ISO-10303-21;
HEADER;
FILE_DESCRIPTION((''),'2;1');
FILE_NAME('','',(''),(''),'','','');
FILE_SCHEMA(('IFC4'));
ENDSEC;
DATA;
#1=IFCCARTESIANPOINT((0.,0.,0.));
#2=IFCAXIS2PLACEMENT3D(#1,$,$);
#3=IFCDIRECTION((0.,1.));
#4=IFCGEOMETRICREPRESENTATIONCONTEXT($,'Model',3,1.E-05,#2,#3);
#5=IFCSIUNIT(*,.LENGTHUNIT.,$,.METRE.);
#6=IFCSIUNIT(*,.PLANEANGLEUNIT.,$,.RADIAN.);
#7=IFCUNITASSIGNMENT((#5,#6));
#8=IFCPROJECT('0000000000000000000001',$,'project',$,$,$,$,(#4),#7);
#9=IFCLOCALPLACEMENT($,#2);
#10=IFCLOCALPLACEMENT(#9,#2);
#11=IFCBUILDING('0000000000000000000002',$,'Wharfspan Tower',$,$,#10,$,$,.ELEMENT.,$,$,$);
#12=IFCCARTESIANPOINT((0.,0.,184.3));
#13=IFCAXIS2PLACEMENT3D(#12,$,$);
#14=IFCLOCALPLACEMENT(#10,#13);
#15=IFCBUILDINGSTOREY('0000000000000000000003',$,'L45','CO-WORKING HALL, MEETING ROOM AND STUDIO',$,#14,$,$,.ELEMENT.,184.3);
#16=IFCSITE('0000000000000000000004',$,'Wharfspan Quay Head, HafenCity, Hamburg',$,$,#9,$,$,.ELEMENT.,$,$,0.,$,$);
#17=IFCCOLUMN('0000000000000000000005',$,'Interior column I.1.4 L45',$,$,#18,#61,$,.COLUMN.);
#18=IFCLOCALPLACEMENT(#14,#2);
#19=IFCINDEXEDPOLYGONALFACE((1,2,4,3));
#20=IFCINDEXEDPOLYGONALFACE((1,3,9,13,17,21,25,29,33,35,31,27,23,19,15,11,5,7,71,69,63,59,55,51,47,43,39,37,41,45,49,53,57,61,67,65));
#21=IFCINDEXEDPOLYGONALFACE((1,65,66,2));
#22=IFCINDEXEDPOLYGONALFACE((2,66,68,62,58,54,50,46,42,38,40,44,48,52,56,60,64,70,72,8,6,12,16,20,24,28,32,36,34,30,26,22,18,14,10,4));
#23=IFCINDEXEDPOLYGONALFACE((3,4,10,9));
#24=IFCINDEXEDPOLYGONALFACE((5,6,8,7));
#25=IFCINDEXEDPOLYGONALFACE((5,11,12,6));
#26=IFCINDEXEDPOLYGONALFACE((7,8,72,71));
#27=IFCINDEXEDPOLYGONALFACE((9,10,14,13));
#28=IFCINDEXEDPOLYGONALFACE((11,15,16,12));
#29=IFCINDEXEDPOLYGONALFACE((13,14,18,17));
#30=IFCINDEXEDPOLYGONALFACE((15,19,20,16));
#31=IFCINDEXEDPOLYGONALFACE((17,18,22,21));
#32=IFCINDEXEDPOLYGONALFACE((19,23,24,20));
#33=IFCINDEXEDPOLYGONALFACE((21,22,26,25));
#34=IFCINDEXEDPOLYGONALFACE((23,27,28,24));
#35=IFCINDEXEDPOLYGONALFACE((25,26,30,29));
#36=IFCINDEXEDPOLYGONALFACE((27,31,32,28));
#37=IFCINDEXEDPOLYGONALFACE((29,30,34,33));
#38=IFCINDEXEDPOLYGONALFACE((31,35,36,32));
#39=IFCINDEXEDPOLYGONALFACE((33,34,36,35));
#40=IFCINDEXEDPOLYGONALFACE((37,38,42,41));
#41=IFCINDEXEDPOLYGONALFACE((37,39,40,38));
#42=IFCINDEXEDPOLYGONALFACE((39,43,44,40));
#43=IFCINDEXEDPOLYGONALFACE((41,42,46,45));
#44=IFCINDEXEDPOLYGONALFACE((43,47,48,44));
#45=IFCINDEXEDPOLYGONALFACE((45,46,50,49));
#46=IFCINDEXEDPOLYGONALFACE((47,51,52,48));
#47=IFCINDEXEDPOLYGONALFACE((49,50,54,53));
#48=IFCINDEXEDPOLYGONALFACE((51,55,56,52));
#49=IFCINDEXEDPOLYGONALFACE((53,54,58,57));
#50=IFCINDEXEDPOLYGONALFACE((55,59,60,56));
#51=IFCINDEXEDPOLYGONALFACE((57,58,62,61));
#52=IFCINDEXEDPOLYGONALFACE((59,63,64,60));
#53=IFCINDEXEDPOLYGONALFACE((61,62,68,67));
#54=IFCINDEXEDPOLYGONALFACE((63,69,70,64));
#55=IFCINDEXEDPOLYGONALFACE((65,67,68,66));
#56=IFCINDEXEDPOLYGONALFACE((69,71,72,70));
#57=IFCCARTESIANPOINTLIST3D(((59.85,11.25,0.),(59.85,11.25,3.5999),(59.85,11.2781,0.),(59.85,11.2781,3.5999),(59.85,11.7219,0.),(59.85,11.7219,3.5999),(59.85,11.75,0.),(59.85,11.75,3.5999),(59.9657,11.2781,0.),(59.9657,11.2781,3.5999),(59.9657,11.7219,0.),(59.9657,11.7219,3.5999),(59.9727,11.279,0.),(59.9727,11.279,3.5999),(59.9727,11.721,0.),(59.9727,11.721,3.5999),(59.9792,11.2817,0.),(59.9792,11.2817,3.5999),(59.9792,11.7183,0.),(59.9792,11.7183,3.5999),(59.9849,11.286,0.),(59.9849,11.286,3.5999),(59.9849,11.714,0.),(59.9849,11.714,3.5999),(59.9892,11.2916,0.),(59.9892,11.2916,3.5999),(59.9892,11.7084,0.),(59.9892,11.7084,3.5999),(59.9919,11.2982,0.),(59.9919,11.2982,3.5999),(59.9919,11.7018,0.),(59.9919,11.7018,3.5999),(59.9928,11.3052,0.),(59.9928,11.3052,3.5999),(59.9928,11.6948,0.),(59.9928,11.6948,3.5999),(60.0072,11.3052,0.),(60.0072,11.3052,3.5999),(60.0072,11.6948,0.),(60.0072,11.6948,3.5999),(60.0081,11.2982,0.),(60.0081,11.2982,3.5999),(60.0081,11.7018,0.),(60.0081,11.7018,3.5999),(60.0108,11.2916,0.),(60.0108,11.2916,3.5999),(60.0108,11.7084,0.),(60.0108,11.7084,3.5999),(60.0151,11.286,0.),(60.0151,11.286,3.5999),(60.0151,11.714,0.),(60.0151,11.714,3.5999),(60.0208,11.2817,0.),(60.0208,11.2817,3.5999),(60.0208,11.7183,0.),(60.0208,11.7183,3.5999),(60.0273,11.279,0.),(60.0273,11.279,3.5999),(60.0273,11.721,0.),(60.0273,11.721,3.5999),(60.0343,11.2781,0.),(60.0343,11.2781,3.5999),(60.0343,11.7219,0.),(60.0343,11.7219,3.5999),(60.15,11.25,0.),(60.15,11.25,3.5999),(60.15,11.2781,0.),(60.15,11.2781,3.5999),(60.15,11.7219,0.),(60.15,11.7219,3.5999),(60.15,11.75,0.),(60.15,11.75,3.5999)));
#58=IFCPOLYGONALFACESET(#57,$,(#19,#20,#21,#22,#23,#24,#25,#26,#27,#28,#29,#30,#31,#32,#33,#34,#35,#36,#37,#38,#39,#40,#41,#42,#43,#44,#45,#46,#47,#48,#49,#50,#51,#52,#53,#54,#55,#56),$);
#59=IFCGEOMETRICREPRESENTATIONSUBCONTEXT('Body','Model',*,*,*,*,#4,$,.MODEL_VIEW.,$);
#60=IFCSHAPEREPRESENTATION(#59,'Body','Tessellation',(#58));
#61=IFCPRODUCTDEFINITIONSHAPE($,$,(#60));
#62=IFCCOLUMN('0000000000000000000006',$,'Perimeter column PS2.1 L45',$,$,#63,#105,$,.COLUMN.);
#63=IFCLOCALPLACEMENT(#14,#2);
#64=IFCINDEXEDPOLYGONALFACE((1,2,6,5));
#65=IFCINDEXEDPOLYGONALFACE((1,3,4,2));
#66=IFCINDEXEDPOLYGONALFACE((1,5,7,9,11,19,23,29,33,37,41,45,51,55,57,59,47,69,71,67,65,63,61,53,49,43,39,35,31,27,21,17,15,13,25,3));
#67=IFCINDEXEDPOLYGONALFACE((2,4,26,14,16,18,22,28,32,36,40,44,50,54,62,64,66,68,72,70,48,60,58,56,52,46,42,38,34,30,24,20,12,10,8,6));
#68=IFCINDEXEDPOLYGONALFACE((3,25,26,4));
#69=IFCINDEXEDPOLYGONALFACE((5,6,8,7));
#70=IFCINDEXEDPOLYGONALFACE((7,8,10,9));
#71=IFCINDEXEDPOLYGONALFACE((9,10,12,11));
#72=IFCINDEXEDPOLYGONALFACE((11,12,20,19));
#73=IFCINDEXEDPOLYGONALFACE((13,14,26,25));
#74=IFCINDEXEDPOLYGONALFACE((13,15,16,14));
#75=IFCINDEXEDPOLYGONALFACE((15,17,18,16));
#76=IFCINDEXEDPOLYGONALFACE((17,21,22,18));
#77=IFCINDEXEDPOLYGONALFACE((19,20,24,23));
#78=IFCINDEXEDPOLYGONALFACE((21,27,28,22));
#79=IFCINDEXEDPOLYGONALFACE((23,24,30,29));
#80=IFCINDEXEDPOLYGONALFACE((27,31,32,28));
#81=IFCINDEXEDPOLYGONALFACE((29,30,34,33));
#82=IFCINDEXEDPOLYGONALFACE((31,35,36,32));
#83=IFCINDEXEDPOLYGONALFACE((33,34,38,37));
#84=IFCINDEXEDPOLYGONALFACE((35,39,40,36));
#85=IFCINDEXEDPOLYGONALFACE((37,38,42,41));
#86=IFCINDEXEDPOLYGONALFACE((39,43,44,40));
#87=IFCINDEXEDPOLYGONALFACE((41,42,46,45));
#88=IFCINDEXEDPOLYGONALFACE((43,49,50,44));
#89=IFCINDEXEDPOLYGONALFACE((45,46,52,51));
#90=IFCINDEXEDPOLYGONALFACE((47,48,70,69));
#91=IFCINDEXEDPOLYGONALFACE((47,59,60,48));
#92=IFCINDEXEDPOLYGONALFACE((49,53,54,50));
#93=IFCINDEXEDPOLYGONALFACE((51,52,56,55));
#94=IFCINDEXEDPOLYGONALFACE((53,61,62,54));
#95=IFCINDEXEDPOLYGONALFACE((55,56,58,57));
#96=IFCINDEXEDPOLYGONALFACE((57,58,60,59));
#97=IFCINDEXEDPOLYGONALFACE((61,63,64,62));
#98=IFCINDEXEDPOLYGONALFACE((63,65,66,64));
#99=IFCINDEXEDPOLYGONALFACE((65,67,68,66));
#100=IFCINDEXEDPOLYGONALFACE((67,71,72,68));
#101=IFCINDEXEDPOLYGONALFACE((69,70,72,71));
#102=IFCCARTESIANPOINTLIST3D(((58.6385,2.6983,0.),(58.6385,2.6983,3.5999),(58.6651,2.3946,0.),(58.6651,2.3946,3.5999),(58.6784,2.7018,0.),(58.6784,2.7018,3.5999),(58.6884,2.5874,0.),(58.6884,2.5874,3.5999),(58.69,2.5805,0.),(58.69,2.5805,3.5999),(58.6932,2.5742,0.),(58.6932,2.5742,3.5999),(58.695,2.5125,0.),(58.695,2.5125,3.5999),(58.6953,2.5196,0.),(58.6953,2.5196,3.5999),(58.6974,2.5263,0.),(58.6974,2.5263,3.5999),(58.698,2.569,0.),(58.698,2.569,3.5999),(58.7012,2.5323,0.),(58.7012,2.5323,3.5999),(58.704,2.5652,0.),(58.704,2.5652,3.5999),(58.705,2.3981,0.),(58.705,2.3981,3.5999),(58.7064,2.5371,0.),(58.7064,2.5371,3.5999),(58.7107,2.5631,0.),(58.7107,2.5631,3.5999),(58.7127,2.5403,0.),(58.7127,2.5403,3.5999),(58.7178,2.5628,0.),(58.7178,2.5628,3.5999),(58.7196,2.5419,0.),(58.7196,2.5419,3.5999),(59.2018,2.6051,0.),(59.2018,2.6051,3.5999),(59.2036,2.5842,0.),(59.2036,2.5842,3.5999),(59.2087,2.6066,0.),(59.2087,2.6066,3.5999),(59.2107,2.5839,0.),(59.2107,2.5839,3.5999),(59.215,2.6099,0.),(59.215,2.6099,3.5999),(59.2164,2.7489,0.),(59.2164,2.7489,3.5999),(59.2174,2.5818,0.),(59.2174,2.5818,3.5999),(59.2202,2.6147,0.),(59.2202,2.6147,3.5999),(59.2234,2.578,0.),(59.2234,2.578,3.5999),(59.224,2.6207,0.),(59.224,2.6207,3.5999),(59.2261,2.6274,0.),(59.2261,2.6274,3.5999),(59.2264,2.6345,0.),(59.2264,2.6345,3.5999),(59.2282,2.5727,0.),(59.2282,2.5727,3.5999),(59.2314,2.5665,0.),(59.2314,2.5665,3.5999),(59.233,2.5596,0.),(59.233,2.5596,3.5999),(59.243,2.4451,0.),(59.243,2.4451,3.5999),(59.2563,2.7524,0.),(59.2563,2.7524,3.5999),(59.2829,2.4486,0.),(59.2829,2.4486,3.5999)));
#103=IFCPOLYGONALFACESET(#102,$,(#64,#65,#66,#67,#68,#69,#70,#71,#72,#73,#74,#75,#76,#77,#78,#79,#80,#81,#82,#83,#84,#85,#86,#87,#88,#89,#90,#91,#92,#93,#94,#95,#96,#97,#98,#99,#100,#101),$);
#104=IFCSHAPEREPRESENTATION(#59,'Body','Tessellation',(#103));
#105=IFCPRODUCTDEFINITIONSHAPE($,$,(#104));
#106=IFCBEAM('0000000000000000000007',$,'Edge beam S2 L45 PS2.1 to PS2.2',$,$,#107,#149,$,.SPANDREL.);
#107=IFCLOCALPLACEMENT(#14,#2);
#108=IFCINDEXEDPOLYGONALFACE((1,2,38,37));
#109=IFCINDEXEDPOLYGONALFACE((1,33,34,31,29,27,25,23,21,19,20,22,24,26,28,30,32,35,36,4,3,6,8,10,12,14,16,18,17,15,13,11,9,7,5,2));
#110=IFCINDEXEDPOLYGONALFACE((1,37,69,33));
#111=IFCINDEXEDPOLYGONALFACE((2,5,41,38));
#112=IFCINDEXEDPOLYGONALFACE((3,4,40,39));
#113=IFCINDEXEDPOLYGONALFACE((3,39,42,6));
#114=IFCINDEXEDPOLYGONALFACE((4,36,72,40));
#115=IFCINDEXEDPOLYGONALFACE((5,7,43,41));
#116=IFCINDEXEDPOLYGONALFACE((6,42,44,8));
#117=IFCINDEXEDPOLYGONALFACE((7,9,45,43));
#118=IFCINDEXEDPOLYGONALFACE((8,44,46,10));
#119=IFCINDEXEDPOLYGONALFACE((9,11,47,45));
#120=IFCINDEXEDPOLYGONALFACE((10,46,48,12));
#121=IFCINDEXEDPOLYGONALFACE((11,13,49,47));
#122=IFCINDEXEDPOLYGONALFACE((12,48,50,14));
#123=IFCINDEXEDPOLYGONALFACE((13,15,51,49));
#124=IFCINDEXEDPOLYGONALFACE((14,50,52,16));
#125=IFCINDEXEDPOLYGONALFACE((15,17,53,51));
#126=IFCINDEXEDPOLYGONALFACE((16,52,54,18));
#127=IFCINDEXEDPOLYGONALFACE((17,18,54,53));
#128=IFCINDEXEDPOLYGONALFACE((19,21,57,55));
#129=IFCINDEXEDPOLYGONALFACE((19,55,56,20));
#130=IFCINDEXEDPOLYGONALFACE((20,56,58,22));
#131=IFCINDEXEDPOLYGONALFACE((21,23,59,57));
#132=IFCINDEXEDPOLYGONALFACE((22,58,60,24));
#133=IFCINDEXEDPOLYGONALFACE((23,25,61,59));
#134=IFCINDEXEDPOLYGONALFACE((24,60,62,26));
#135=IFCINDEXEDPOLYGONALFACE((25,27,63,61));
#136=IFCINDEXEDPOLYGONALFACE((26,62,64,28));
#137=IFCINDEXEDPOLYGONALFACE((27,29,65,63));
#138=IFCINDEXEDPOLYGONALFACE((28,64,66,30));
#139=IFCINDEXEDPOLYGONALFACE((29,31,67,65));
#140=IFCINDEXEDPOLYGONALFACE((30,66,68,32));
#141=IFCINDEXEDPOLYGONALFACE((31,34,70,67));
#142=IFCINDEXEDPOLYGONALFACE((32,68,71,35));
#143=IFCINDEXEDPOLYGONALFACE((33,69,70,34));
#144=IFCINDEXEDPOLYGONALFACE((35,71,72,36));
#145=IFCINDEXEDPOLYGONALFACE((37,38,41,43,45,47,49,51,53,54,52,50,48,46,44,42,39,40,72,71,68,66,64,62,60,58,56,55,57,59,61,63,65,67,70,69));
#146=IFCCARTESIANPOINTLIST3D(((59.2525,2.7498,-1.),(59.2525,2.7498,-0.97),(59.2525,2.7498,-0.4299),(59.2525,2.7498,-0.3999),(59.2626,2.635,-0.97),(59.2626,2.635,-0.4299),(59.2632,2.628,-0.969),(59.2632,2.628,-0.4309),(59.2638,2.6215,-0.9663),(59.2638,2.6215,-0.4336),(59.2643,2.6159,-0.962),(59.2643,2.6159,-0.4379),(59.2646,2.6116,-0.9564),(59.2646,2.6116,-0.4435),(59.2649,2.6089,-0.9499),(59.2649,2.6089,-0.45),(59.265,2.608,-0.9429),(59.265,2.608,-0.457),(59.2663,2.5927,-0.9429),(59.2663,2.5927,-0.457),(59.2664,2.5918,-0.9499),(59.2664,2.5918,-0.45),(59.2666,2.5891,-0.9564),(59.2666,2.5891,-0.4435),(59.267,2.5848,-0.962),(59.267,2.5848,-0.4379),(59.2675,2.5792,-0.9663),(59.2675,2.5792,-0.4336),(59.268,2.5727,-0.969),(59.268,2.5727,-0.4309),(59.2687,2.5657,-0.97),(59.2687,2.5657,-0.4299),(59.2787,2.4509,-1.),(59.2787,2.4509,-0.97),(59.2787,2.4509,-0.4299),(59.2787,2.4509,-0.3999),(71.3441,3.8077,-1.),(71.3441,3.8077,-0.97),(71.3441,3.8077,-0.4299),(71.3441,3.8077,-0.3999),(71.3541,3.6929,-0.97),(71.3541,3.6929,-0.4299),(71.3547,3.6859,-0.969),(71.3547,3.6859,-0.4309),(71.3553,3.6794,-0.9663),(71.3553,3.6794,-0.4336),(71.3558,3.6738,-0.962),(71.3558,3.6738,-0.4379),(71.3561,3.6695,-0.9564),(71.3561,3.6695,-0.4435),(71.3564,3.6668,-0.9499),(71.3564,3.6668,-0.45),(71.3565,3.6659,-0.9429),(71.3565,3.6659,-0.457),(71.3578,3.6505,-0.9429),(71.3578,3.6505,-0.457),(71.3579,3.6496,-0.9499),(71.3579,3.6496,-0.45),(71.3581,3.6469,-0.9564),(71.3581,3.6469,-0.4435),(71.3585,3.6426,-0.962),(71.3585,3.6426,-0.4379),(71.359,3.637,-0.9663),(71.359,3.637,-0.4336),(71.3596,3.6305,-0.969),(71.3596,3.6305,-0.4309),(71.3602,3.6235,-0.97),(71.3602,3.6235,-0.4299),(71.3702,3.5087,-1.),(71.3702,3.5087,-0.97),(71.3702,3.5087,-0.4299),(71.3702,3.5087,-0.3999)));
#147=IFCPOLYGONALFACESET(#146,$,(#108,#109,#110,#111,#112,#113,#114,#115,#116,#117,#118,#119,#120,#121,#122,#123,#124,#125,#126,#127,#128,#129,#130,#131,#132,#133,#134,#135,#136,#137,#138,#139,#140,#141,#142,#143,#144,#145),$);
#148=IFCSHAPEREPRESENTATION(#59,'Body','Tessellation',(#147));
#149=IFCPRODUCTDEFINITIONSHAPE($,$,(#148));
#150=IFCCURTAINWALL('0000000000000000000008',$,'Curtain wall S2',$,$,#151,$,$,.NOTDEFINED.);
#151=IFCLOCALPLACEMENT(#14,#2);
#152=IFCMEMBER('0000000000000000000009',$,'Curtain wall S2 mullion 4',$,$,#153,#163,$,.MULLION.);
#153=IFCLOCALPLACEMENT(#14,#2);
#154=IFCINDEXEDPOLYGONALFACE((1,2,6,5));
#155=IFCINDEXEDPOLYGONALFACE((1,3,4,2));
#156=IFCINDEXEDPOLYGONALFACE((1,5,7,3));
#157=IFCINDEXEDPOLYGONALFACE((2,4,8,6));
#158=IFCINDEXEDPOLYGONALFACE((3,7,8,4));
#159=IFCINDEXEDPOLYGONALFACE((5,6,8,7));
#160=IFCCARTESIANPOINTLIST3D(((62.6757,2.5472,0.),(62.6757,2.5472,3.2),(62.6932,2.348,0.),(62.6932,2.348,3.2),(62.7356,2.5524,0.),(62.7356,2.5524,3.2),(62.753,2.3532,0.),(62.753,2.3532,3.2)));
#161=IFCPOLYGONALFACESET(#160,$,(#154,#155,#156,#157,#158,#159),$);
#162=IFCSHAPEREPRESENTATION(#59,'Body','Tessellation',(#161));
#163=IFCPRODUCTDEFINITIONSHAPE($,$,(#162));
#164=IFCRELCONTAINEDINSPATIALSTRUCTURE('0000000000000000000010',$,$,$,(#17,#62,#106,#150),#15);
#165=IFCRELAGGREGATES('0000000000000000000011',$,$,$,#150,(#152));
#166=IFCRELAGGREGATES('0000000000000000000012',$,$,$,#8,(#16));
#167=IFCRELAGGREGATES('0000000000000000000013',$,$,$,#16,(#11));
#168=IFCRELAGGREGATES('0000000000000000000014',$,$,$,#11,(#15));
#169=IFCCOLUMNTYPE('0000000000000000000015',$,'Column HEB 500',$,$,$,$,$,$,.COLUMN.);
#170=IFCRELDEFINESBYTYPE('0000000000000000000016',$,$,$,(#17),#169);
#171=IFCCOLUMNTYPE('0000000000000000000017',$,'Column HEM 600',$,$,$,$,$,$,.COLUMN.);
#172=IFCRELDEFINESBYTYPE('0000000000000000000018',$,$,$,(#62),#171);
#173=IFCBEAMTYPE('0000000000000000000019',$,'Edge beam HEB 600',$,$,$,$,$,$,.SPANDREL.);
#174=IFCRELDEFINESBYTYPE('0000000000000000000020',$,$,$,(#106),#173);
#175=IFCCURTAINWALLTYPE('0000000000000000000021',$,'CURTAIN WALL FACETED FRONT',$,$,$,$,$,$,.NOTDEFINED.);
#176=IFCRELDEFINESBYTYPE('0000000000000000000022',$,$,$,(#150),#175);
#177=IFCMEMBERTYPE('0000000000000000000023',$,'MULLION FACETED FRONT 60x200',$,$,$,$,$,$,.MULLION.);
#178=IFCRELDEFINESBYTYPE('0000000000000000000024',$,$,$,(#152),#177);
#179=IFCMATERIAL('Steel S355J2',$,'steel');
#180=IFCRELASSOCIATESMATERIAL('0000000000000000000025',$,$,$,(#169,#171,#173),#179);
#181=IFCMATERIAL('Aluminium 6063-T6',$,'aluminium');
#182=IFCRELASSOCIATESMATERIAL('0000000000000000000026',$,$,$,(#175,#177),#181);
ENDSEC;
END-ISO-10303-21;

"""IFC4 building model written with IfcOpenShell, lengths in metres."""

from ifc_helpers import new_model, si_unit, direction, frame, origin, origin_2d, place, context, subcontext, project, spatial, rectangle, i_section, extrude, material, material_profile, profile_set, type_object, element, aggregate, save


model = new_model("IFC4")

# Units and contexts
model_context = context("Model", 3, precision=1e-05, world=origin(), true_north=direction((0.0, 1.0)))
body_context = subcontext(model_context, "Body", "Model", "MODEL_VIEW")
ifc_project = project(units=[si_unit("LENGTHUNIT", "METRE"), si_unit("PLANEANGLEUNIT", "RADIAN")], contexts=[model_context])

# Site, building, storey
site_placement = place(None, origin())
site = spatial("IfcSite", under=ifc_project, at=site_placement, Name="Wharfspan Quay Head, HafenCity, Hamburg", CompositionType="ELEMENT", RefElevation=0.0)
building_placement = place(site_placement, origin())
building = spatial("IfcBuilding", under=site, at=building_placement, Name="Wharfspan Tower", CompositionType="ELEMENT")
storey_placement = place(building_placement, frame((0.0, 0.0, 184.3)))
storey = spatial("IfcBuildingStorey", under=building, at=storey_placement, Name="L45", Description="CO-WORKING HALL, MEETING ROOM AND STUDIO", CompositionType="ELEMENT", Elevation=184.3)

# Columns
ifc_material_1 = material(Name="Steel S355J2", Category="steel")
ifc_material_profile_1 = material_profile(ifc_material_1, i_section(OverallWidth=0.3, OverallDepth=0.5, WebThickness=0.0144, FlangeThickness=0.0281, FilletRadius=0.0271, at=origin_2d()))
ifc_profile_set_1 = profile_set([ifc_material_profile_1], Name="Steel S355J2")
column_type_1 = type_object("IfcColumnType", Name="Column HEB 500", PredefinedType="COLUMN", material=ifc_profile_set_1)
column_1_placement = place(storey_placement, frame((60.0, 11.5, 0.0), z_axis=(0.0, 0.0, 1.0), x_axis=(1.0, 0.0, 0.0)))
element("IfcColumn", 1, at=column_1_placement, inside=storey, type_object=column_type_1, Name="Interior column I.1.4 L45", PredefinedType="COLUMN", context=body_context, shape_type="SweptSolid", body=[
    extrude(i_section(OverallWidth=0.3, OverallDepth=0.5, WebThickness=0.0144, FlangeThickness=0.0281, FilletRadius=0.0271, at=origin_2d()), origin(), (0.0, 0.0, 1.0), 3.5999),
])
ifc_material_profile_2 = material_profile(ifc_material_1, i_section(OverallWidth=0.3049, OverallDepth=0.6201, WebThickness=0.021, FlangeThickness=0.04, FilletRadius=0.0271, at=origin_2d()))
ifc_profile_set_2 = profile_set([ifc_material_profile_2], Name="Steel S355J2")
column_type_2 = type_object("IfcColumnType", Name="Column HEM 600", PredefinedType="COLUMN", material=ifc_profile_set_2)
column_2_placement = place(storey_placement, frame((58.9607, 2.5735, 0.0), z_axis=(0.0, 0.0, 1.0), x_axis=(0.087156, -0.996198, 0.0)))
element("IfcColumn", 2, at=column_2_placement, inside=storey, type_object=column_type_2, Name="Perimeter column PS2.1 L45", PredefinedType="COLUMN", context=body_context, shape_type="SweptSolid", body=[
    extrude(i_section(OverallWidth=0.3049, OverallDepth=0.6201, WebThickness=0.021, FlangeThickness=0.04, FilletRadius=0.0271, at=origin_2d()), origin(), (0.0, 0.0, 1.0), 3.5999),
])

# Beam
ifc_material_profile_3 = material_profile(ifc_material_1, i_section(OverallWidth=0.3, OverallDepth=0.6001, WebThickness=0.0154, FlangeThickness=0.03, FilletRadius=0.0271, at=origin_2d()))
ifc_profile_set_3 = profile_set([ifc_material_profile_3], Name="Steel S355J2")
beam_type = type_object("IfcBeamType", Name="Edge beam HEB 600", PredefinedType="SPANDREL", material=ifc_profile_set_3)
beam_placement = place(storey_placement, frame((59.2656, 2.6003, -0.7), z_axis=(0.996195, 0.087155, 0.0), x_axis=(-0.087155, 0.996195, 0.0)))
element("IfcBeam", 3, at=beam_placement, inside=storey, type_object=beam_type, Name="Edge beam S2 L45 PS2.1 to PS2.2", PredefinedType="SPANDREL", context=body_context, shape_type="SweptSolid", body=[
    extrude(i_section(OverallWidth=0.3, OverallDepth=0.6001, WebThickness=0.0154, FlangeThickness=0.03, FilletRadius=0.0271, at=origin_2d()), origin(), (0.0, 0.0, 1.0), 12.1377),
])

# Curtain wall, member
ifc_material_2 = material(Name="Aluminium 6063-T6", Category="aluminium")
curtain_wall_type = type_object("IfcCurtainWallType", Name="CURTAIN WALL FACETED FRONT", PredefinedType="NOTDEFINED", material=ifc_material_2)
curtain_wall_placement = place(storey_placement, origin())
curtain_wall = element("IfcCurtainWall", 4, at=curtain_wall_placement, inside=storey, type_object=curtain_wall_type, Name="Curtain wall S2", PredefinedType="NOTDEFINED")
ifc_material_profile_4 = material_profile(ifc_material_2, rectangle(XDim=0.2, YDim=0.0601, at=origin_2d()))
ifc_profile_set_4 = profile_set([ifc_material_profile_4], Name="Aluminium 6063-T6")
member_type_1 = type_object("IfcMemberType", Name="MULLION FACETED FRONT 60x200", PredefinedType="MULLION", material=ifc_profile_set_4)
member_1_placement = place(storey_placement, frame((62.7144, 2.4502, 0.0), z_axis=(0.0, 0.0, 1.0), x_axis=(-0.087156, 0.996198, 0.0)))
member_1 = element("IfcMember", 5, at=member_1_placement, type_object=member_type_1, Name="Curtain wall S2 mullion 4", PredefinedType="MULLION", context=body_context, shape_type="SweptSolid", body=[
    extrude(rectangle(XDim=0.2, YDim=0.0601, at=origin_2d()), origin(), (0.0, 0.0, 1.0), 3.2),
])

aggregate(curtain_wall, [member_1])

save(model, "model.ifc")
